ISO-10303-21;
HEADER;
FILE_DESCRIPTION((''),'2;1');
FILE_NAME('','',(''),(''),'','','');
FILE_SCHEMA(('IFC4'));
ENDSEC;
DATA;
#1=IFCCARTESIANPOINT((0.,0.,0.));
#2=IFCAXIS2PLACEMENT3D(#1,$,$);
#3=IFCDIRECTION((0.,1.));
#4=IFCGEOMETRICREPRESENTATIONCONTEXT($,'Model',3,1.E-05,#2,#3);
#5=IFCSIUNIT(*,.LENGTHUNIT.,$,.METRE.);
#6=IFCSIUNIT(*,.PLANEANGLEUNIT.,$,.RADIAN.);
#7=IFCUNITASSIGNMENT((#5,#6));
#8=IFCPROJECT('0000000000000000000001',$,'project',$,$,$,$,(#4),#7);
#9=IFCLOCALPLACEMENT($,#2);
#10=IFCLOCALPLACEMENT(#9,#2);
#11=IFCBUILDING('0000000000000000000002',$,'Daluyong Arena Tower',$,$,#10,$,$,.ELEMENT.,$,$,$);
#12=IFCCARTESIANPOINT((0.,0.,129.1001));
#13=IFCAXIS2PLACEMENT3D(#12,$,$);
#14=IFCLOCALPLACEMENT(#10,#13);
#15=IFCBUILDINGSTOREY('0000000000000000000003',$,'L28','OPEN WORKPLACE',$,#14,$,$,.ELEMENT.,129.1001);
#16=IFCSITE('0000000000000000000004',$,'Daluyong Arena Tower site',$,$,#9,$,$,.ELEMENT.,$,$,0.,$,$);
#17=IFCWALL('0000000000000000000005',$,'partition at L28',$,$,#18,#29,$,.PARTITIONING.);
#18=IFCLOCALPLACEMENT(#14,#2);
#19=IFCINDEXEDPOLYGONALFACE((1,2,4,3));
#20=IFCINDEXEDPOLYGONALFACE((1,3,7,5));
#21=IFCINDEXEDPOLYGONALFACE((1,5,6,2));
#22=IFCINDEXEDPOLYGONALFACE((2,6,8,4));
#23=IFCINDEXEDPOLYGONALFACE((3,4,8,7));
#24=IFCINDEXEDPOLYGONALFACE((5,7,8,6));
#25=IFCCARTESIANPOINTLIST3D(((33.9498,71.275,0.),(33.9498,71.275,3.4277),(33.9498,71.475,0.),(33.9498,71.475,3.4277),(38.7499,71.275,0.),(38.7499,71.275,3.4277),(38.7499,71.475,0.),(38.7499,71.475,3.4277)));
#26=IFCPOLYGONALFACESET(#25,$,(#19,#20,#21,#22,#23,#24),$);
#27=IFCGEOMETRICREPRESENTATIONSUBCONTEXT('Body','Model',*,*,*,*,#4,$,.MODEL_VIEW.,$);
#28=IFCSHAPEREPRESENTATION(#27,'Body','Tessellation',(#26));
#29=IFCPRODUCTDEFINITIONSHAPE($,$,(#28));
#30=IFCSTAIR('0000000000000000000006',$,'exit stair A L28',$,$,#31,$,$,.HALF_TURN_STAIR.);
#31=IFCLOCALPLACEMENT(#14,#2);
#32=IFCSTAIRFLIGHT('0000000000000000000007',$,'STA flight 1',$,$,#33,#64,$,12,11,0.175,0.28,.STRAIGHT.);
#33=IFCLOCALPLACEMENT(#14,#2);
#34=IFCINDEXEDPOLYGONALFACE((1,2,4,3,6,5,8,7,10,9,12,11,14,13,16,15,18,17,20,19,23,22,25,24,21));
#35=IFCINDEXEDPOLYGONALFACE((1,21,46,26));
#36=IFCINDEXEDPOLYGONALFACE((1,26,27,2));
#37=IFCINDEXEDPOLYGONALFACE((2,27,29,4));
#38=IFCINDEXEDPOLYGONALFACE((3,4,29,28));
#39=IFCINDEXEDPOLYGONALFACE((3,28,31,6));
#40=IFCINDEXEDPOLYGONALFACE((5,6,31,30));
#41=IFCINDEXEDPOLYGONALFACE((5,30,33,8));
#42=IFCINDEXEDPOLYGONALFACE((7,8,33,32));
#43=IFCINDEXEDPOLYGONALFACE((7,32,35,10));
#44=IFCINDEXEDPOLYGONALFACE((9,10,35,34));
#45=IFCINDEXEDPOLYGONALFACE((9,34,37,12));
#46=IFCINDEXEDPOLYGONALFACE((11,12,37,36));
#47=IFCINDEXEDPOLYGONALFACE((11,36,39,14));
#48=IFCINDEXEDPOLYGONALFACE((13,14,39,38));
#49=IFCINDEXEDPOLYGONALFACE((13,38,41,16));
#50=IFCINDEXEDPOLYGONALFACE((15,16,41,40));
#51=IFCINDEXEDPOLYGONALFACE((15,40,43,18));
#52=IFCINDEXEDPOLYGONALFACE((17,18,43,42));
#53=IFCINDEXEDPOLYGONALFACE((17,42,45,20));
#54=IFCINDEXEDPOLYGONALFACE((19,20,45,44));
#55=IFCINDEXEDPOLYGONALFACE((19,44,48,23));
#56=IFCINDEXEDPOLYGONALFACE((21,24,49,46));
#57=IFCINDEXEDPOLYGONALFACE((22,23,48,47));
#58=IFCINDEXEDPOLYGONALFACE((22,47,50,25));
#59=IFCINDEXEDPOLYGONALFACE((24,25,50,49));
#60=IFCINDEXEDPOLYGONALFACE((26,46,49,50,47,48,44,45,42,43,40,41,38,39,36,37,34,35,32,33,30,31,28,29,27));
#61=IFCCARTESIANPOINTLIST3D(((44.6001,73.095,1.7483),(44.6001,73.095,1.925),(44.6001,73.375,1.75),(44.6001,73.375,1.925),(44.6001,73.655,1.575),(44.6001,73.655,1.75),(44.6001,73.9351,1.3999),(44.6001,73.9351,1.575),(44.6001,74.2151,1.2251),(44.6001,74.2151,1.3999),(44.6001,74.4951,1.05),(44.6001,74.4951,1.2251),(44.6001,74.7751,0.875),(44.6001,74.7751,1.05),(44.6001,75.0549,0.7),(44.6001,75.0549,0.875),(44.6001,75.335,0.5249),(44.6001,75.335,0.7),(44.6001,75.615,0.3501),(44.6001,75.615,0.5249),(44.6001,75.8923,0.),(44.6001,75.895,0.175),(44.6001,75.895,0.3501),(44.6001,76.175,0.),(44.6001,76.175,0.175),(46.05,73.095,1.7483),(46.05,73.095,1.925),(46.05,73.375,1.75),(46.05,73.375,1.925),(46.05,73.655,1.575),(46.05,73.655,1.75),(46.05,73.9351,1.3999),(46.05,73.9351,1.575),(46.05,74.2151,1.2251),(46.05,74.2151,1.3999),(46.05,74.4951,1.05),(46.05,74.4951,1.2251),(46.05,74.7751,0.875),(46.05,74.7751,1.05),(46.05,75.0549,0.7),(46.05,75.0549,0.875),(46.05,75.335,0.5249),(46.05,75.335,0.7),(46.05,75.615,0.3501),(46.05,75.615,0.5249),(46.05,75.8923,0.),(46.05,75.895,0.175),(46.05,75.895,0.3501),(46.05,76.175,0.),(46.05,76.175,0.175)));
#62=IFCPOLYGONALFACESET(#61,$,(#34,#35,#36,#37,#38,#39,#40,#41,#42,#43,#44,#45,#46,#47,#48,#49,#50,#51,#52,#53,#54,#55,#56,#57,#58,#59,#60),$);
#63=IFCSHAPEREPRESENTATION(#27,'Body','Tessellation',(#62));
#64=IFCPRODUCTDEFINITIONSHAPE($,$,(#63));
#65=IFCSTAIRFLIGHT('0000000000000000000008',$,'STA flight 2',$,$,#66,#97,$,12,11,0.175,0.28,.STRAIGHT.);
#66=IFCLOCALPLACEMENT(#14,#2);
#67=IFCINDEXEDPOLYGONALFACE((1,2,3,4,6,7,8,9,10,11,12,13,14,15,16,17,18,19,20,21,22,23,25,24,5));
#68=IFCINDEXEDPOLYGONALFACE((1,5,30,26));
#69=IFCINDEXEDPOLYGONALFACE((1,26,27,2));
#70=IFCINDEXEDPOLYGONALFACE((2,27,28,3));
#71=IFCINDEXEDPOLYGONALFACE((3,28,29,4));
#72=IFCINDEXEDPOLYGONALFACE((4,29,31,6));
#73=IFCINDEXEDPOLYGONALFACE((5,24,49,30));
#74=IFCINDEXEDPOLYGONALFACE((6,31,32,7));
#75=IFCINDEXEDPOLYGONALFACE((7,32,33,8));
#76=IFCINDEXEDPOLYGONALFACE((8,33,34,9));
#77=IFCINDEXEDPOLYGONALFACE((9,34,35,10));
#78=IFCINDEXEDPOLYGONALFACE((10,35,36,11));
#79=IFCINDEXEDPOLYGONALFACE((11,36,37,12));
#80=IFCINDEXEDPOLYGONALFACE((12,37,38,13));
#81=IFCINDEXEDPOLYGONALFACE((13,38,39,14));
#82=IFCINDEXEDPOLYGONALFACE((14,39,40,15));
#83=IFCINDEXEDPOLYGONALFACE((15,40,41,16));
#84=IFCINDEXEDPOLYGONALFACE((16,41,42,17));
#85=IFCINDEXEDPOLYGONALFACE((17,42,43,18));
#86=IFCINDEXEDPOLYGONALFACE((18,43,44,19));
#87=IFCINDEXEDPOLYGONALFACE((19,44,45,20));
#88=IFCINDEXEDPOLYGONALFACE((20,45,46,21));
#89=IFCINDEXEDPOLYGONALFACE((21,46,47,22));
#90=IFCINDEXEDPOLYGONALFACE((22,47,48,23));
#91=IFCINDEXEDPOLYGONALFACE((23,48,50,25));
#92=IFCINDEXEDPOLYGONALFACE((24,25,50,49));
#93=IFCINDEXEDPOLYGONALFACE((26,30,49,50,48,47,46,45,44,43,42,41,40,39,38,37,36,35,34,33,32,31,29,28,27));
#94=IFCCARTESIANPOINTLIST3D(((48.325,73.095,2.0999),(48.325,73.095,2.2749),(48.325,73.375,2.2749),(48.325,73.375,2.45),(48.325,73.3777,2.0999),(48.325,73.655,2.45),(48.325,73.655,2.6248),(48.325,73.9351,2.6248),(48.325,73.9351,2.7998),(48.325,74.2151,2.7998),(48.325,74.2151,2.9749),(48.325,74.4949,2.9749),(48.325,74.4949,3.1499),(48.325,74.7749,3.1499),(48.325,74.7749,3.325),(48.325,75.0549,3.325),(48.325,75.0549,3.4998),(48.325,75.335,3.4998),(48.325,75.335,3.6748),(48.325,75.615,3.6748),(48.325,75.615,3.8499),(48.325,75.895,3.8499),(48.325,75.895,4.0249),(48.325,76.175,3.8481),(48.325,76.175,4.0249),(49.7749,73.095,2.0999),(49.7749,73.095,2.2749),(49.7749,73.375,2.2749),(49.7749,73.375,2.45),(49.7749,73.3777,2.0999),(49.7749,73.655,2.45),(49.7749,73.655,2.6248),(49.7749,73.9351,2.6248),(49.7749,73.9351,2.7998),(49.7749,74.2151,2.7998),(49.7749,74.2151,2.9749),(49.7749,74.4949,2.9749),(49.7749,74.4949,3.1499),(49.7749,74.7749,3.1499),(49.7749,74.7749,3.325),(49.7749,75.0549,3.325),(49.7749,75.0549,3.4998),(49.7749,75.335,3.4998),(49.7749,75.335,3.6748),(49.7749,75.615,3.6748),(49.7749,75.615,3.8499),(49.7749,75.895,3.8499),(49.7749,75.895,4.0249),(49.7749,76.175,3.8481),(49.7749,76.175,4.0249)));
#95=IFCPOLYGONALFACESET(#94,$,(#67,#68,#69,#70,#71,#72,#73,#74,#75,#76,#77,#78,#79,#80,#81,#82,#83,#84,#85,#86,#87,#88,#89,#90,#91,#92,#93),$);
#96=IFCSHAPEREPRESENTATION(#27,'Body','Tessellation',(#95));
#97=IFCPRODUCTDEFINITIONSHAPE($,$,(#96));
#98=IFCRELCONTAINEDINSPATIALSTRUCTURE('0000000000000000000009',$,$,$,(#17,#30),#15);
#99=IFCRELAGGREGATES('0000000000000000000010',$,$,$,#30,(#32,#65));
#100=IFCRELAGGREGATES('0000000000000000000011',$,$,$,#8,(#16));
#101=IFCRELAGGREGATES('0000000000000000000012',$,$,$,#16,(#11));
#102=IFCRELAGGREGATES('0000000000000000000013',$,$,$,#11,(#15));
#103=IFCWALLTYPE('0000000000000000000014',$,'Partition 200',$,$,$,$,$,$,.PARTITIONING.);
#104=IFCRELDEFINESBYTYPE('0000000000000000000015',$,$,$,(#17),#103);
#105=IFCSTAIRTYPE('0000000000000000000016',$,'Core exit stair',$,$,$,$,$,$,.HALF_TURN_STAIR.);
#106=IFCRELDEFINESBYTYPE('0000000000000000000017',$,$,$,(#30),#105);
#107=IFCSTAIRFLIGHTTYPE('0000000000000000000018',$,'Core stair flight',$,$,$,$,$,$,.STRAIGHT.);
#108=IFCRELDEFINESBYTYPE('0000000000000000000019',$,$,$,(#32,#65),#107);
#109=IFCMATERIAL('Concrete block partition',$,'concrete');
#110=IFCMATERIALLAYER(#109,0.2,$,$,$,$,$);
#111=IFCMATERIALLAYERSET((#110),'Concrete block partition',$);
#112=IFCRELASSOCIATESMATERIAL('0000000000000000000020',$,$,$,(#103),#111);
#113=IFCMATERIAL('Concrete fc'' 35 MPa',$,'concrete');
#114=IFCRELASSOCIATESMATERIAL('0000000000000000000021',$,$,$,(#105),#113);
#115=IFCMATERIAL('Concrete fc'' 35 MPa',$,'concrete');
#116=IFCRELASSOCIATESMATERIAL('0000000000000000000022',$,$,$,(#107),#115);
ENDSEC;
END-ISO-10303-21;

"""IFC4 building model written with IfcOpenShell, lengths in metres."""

from ifc_helpers import new_model, si_unit, direction, frame, frame_2d, origin, place, context, subcontext, project, spatial, polyline, rectangle, outline, extrude, material, layer, layer_set, type_object, element, aggregate, save


model = new_model("IFC4")

# Units and contexts
model_context = context("Model", 3, precision=1e-05, world=origin(), true_north=direction((0.0, 1.0)))
body_context = subcontext(model_context, "Body", "Model", "MODEL_VIEW")
ifc_project = project(units=[si_unit("LENGTHUNIT", "METRE"), si_unit("PLANEANGLEUNIT", "RADIAN")], contexts=[model_context])

# Site, building, storey
site_placement = place(None, origin())
site = spatial("IfcSite", under=ifc_project, at=site_placement, Name="Daluyong Arena Tower site", CompositionType="ELEMENT", RefElevation=0.0)
building_placement = place(site_placement, origin())
building = spatial("IfcBuilding", under=site, at=building_placement, Name="Daluyong Arena Tower", CompositionType="ELEMENT")
storey_placement = place(building_placement, frame((0.0, 0.0, 129.1001)))
storey = spatial("IfcBuildingStorey", under=building, at=storey_placement, Name="L28", Description="OPEN WORKPLACE", CompositionType="ELEMENT", Elevation=129.1001)

# Wall
ifc_material_1 = material(Name="Concrete block partition", Category="concrete")
ifc_layer_1 = layer(ifc_material_1, 0.2)
ifc_layer_set_1 = layer_set([ifc_layer_1], Name="Concrete block partition")
wall_type_1 = type_object("IfcWallType", Name="Partition 200", PredefinedType="PARTITIONING", material=ifc_layer_set_1)
wall_1_placement = place(storey_placement, frame((33.95, 71.375, 0.0), z_axis=(0.0, 0.0, 1.0), x_axis=(1.0, 0.0, 0.0)))
element("IfcWall", 1, at=wall_1_placement, inside=storey, type_object=wall_type_1, Name="partition at L28", PredefinedType="PARTITIONING", context=body_context, shape_type="SweptSolid", body=[
    extrude(rectangle(XDim=4.8, YDim=0.2, at=frame_2d((2.3999, 0.0))), origin(), (0.0, 0.0, 1.0), 3.4277),
])

# Stair, stair flights
ifc_material_2 = material(Name="Concrete fc' 35 MPa", Category="concrete")
stair_type = type_object("IfcStairType", Name="Core exit stair", PredefinedType="HALF_TURN_STAIR", material=ifc_material_2)
stair_placement = place(storey_placement, origin())
stair = element("IfcStair", 2, at=stair_placement, inside=storey, type_object=stair_type, Name="exit stair A L28", PredefinedType="HALF_TURN_STAIR")
ifc_material_3 = material(Name="Concrete fc' 35 MPa", Category="concrete")
stair_flight_type = type_object("IfcStairFlightType", Name="Core stair flight", PredefinedType="STRAIGHT", material=ifc_material_3)
stair_flight_1_placement = place(storey_placement, frame((45.325, 76.175, 0.0), z_axis=(0.0, 0.0, 1.0), x_axis=(0.0, -1.0, 0.0)))
stair_flight_1 = element("IfcStairFlight", 3, at=stair_flight_1_placement, type_object=stair_flight_type, Name="STA flight 1", NumberOfRisers=12, NumberOfTreads=11, PredefinedType="STRAIGHT", RiserHeight=0.175, TreadLength=0.28, context=body_context, shape_type="SweptSolid", body=[
    extrude(outline(polyline([(0.0, 0.0), (0.0, 0.175), (0.28, 0.175), (0.28, 0.3501), (0.5601, 0.3501), (0.5601, 0.5249), (0.8401, 0.5249), (0.8401, 0.7), (1.1201, 0.7), (1.1201, 0.875), (1.3999, 0.875), (1.3999, 1.05), (1.6799, 1.05), (1.6799, 1.2251), (1.96, 1.2251), (1.96, 1.3999), (2.24, 1.3999), (2.24, 1.575), (2.52, 1.575), (2.52, 1.75), (2.8, 1.75), (2.8, 1.925), (3.0801, 1.925), (3.0801, 2.1001), (3.0801, 1.7483), (0.2827, 0.0), (0.0, 0.0)])), frame((0.0, 0.7251, 0.0), z_axis=(0.0, -1.0, 0.0), x_axis=(1.0, 0.0, 0.0)), (0.0, 0.0, 1.0), 1.45),
])
stair_flight_2_placement = place(storey_placement, frame((49.05, 73.095, 2.0999), z_axis=(0.0, 0.0, 1.0), x_axis=(0.0, 1.0, 0.0)))
stair_flight_2 = element("IfcStairFlight", 4, at=stair_flight_2_placement, type_object=stair_flight_type, Name="STA flight 2", NumberOfRisers=12, NumberOfTreads=11, PredefinedType="STRAIGHT", RiserHeight=0.175, TreadLength=0.28, context=body_context, shape_type="SweptSolid", body=[
    extrude(outline(polyline([(0.0, 0.0), (0.0, 0.175), (0.28, 0.175), (0.28, 0.3501), (0.5601, 0.3501), (0.5601, 0.5249), (0.8401, 0.5249), (0.8401, 0.7), (1.1201, 0.7), (1.1201, 0.875), (1.3999, 0.875), (1.3999, 1.05), (1.6799, 1.05), (1.6799, 1.2251), (1.96, 1.2251), (1.96, 1.3999), (2.24, 1.3999), (2.24, 1.575), (2.52, 1.575), (2.52, 1.75), (2.8, 1.75), (2.8, 1.925), (3.0801, 1.925), (3.0801, 2.1001), (3.0801, 1.7483), (0.2827, 0.0), (0.0, 0.0)])), frame((0.0, 0.7251, 0.0), z_axis=(0.0, -1.0, 0.0), x_axis=(1.0, 0.0, 0.0)), (0.0, 0.0, 1.0), 1.45),
])
aggregate(stair, [stair_flight_1, stair_flight_2])

save(model, "model.ifc")
